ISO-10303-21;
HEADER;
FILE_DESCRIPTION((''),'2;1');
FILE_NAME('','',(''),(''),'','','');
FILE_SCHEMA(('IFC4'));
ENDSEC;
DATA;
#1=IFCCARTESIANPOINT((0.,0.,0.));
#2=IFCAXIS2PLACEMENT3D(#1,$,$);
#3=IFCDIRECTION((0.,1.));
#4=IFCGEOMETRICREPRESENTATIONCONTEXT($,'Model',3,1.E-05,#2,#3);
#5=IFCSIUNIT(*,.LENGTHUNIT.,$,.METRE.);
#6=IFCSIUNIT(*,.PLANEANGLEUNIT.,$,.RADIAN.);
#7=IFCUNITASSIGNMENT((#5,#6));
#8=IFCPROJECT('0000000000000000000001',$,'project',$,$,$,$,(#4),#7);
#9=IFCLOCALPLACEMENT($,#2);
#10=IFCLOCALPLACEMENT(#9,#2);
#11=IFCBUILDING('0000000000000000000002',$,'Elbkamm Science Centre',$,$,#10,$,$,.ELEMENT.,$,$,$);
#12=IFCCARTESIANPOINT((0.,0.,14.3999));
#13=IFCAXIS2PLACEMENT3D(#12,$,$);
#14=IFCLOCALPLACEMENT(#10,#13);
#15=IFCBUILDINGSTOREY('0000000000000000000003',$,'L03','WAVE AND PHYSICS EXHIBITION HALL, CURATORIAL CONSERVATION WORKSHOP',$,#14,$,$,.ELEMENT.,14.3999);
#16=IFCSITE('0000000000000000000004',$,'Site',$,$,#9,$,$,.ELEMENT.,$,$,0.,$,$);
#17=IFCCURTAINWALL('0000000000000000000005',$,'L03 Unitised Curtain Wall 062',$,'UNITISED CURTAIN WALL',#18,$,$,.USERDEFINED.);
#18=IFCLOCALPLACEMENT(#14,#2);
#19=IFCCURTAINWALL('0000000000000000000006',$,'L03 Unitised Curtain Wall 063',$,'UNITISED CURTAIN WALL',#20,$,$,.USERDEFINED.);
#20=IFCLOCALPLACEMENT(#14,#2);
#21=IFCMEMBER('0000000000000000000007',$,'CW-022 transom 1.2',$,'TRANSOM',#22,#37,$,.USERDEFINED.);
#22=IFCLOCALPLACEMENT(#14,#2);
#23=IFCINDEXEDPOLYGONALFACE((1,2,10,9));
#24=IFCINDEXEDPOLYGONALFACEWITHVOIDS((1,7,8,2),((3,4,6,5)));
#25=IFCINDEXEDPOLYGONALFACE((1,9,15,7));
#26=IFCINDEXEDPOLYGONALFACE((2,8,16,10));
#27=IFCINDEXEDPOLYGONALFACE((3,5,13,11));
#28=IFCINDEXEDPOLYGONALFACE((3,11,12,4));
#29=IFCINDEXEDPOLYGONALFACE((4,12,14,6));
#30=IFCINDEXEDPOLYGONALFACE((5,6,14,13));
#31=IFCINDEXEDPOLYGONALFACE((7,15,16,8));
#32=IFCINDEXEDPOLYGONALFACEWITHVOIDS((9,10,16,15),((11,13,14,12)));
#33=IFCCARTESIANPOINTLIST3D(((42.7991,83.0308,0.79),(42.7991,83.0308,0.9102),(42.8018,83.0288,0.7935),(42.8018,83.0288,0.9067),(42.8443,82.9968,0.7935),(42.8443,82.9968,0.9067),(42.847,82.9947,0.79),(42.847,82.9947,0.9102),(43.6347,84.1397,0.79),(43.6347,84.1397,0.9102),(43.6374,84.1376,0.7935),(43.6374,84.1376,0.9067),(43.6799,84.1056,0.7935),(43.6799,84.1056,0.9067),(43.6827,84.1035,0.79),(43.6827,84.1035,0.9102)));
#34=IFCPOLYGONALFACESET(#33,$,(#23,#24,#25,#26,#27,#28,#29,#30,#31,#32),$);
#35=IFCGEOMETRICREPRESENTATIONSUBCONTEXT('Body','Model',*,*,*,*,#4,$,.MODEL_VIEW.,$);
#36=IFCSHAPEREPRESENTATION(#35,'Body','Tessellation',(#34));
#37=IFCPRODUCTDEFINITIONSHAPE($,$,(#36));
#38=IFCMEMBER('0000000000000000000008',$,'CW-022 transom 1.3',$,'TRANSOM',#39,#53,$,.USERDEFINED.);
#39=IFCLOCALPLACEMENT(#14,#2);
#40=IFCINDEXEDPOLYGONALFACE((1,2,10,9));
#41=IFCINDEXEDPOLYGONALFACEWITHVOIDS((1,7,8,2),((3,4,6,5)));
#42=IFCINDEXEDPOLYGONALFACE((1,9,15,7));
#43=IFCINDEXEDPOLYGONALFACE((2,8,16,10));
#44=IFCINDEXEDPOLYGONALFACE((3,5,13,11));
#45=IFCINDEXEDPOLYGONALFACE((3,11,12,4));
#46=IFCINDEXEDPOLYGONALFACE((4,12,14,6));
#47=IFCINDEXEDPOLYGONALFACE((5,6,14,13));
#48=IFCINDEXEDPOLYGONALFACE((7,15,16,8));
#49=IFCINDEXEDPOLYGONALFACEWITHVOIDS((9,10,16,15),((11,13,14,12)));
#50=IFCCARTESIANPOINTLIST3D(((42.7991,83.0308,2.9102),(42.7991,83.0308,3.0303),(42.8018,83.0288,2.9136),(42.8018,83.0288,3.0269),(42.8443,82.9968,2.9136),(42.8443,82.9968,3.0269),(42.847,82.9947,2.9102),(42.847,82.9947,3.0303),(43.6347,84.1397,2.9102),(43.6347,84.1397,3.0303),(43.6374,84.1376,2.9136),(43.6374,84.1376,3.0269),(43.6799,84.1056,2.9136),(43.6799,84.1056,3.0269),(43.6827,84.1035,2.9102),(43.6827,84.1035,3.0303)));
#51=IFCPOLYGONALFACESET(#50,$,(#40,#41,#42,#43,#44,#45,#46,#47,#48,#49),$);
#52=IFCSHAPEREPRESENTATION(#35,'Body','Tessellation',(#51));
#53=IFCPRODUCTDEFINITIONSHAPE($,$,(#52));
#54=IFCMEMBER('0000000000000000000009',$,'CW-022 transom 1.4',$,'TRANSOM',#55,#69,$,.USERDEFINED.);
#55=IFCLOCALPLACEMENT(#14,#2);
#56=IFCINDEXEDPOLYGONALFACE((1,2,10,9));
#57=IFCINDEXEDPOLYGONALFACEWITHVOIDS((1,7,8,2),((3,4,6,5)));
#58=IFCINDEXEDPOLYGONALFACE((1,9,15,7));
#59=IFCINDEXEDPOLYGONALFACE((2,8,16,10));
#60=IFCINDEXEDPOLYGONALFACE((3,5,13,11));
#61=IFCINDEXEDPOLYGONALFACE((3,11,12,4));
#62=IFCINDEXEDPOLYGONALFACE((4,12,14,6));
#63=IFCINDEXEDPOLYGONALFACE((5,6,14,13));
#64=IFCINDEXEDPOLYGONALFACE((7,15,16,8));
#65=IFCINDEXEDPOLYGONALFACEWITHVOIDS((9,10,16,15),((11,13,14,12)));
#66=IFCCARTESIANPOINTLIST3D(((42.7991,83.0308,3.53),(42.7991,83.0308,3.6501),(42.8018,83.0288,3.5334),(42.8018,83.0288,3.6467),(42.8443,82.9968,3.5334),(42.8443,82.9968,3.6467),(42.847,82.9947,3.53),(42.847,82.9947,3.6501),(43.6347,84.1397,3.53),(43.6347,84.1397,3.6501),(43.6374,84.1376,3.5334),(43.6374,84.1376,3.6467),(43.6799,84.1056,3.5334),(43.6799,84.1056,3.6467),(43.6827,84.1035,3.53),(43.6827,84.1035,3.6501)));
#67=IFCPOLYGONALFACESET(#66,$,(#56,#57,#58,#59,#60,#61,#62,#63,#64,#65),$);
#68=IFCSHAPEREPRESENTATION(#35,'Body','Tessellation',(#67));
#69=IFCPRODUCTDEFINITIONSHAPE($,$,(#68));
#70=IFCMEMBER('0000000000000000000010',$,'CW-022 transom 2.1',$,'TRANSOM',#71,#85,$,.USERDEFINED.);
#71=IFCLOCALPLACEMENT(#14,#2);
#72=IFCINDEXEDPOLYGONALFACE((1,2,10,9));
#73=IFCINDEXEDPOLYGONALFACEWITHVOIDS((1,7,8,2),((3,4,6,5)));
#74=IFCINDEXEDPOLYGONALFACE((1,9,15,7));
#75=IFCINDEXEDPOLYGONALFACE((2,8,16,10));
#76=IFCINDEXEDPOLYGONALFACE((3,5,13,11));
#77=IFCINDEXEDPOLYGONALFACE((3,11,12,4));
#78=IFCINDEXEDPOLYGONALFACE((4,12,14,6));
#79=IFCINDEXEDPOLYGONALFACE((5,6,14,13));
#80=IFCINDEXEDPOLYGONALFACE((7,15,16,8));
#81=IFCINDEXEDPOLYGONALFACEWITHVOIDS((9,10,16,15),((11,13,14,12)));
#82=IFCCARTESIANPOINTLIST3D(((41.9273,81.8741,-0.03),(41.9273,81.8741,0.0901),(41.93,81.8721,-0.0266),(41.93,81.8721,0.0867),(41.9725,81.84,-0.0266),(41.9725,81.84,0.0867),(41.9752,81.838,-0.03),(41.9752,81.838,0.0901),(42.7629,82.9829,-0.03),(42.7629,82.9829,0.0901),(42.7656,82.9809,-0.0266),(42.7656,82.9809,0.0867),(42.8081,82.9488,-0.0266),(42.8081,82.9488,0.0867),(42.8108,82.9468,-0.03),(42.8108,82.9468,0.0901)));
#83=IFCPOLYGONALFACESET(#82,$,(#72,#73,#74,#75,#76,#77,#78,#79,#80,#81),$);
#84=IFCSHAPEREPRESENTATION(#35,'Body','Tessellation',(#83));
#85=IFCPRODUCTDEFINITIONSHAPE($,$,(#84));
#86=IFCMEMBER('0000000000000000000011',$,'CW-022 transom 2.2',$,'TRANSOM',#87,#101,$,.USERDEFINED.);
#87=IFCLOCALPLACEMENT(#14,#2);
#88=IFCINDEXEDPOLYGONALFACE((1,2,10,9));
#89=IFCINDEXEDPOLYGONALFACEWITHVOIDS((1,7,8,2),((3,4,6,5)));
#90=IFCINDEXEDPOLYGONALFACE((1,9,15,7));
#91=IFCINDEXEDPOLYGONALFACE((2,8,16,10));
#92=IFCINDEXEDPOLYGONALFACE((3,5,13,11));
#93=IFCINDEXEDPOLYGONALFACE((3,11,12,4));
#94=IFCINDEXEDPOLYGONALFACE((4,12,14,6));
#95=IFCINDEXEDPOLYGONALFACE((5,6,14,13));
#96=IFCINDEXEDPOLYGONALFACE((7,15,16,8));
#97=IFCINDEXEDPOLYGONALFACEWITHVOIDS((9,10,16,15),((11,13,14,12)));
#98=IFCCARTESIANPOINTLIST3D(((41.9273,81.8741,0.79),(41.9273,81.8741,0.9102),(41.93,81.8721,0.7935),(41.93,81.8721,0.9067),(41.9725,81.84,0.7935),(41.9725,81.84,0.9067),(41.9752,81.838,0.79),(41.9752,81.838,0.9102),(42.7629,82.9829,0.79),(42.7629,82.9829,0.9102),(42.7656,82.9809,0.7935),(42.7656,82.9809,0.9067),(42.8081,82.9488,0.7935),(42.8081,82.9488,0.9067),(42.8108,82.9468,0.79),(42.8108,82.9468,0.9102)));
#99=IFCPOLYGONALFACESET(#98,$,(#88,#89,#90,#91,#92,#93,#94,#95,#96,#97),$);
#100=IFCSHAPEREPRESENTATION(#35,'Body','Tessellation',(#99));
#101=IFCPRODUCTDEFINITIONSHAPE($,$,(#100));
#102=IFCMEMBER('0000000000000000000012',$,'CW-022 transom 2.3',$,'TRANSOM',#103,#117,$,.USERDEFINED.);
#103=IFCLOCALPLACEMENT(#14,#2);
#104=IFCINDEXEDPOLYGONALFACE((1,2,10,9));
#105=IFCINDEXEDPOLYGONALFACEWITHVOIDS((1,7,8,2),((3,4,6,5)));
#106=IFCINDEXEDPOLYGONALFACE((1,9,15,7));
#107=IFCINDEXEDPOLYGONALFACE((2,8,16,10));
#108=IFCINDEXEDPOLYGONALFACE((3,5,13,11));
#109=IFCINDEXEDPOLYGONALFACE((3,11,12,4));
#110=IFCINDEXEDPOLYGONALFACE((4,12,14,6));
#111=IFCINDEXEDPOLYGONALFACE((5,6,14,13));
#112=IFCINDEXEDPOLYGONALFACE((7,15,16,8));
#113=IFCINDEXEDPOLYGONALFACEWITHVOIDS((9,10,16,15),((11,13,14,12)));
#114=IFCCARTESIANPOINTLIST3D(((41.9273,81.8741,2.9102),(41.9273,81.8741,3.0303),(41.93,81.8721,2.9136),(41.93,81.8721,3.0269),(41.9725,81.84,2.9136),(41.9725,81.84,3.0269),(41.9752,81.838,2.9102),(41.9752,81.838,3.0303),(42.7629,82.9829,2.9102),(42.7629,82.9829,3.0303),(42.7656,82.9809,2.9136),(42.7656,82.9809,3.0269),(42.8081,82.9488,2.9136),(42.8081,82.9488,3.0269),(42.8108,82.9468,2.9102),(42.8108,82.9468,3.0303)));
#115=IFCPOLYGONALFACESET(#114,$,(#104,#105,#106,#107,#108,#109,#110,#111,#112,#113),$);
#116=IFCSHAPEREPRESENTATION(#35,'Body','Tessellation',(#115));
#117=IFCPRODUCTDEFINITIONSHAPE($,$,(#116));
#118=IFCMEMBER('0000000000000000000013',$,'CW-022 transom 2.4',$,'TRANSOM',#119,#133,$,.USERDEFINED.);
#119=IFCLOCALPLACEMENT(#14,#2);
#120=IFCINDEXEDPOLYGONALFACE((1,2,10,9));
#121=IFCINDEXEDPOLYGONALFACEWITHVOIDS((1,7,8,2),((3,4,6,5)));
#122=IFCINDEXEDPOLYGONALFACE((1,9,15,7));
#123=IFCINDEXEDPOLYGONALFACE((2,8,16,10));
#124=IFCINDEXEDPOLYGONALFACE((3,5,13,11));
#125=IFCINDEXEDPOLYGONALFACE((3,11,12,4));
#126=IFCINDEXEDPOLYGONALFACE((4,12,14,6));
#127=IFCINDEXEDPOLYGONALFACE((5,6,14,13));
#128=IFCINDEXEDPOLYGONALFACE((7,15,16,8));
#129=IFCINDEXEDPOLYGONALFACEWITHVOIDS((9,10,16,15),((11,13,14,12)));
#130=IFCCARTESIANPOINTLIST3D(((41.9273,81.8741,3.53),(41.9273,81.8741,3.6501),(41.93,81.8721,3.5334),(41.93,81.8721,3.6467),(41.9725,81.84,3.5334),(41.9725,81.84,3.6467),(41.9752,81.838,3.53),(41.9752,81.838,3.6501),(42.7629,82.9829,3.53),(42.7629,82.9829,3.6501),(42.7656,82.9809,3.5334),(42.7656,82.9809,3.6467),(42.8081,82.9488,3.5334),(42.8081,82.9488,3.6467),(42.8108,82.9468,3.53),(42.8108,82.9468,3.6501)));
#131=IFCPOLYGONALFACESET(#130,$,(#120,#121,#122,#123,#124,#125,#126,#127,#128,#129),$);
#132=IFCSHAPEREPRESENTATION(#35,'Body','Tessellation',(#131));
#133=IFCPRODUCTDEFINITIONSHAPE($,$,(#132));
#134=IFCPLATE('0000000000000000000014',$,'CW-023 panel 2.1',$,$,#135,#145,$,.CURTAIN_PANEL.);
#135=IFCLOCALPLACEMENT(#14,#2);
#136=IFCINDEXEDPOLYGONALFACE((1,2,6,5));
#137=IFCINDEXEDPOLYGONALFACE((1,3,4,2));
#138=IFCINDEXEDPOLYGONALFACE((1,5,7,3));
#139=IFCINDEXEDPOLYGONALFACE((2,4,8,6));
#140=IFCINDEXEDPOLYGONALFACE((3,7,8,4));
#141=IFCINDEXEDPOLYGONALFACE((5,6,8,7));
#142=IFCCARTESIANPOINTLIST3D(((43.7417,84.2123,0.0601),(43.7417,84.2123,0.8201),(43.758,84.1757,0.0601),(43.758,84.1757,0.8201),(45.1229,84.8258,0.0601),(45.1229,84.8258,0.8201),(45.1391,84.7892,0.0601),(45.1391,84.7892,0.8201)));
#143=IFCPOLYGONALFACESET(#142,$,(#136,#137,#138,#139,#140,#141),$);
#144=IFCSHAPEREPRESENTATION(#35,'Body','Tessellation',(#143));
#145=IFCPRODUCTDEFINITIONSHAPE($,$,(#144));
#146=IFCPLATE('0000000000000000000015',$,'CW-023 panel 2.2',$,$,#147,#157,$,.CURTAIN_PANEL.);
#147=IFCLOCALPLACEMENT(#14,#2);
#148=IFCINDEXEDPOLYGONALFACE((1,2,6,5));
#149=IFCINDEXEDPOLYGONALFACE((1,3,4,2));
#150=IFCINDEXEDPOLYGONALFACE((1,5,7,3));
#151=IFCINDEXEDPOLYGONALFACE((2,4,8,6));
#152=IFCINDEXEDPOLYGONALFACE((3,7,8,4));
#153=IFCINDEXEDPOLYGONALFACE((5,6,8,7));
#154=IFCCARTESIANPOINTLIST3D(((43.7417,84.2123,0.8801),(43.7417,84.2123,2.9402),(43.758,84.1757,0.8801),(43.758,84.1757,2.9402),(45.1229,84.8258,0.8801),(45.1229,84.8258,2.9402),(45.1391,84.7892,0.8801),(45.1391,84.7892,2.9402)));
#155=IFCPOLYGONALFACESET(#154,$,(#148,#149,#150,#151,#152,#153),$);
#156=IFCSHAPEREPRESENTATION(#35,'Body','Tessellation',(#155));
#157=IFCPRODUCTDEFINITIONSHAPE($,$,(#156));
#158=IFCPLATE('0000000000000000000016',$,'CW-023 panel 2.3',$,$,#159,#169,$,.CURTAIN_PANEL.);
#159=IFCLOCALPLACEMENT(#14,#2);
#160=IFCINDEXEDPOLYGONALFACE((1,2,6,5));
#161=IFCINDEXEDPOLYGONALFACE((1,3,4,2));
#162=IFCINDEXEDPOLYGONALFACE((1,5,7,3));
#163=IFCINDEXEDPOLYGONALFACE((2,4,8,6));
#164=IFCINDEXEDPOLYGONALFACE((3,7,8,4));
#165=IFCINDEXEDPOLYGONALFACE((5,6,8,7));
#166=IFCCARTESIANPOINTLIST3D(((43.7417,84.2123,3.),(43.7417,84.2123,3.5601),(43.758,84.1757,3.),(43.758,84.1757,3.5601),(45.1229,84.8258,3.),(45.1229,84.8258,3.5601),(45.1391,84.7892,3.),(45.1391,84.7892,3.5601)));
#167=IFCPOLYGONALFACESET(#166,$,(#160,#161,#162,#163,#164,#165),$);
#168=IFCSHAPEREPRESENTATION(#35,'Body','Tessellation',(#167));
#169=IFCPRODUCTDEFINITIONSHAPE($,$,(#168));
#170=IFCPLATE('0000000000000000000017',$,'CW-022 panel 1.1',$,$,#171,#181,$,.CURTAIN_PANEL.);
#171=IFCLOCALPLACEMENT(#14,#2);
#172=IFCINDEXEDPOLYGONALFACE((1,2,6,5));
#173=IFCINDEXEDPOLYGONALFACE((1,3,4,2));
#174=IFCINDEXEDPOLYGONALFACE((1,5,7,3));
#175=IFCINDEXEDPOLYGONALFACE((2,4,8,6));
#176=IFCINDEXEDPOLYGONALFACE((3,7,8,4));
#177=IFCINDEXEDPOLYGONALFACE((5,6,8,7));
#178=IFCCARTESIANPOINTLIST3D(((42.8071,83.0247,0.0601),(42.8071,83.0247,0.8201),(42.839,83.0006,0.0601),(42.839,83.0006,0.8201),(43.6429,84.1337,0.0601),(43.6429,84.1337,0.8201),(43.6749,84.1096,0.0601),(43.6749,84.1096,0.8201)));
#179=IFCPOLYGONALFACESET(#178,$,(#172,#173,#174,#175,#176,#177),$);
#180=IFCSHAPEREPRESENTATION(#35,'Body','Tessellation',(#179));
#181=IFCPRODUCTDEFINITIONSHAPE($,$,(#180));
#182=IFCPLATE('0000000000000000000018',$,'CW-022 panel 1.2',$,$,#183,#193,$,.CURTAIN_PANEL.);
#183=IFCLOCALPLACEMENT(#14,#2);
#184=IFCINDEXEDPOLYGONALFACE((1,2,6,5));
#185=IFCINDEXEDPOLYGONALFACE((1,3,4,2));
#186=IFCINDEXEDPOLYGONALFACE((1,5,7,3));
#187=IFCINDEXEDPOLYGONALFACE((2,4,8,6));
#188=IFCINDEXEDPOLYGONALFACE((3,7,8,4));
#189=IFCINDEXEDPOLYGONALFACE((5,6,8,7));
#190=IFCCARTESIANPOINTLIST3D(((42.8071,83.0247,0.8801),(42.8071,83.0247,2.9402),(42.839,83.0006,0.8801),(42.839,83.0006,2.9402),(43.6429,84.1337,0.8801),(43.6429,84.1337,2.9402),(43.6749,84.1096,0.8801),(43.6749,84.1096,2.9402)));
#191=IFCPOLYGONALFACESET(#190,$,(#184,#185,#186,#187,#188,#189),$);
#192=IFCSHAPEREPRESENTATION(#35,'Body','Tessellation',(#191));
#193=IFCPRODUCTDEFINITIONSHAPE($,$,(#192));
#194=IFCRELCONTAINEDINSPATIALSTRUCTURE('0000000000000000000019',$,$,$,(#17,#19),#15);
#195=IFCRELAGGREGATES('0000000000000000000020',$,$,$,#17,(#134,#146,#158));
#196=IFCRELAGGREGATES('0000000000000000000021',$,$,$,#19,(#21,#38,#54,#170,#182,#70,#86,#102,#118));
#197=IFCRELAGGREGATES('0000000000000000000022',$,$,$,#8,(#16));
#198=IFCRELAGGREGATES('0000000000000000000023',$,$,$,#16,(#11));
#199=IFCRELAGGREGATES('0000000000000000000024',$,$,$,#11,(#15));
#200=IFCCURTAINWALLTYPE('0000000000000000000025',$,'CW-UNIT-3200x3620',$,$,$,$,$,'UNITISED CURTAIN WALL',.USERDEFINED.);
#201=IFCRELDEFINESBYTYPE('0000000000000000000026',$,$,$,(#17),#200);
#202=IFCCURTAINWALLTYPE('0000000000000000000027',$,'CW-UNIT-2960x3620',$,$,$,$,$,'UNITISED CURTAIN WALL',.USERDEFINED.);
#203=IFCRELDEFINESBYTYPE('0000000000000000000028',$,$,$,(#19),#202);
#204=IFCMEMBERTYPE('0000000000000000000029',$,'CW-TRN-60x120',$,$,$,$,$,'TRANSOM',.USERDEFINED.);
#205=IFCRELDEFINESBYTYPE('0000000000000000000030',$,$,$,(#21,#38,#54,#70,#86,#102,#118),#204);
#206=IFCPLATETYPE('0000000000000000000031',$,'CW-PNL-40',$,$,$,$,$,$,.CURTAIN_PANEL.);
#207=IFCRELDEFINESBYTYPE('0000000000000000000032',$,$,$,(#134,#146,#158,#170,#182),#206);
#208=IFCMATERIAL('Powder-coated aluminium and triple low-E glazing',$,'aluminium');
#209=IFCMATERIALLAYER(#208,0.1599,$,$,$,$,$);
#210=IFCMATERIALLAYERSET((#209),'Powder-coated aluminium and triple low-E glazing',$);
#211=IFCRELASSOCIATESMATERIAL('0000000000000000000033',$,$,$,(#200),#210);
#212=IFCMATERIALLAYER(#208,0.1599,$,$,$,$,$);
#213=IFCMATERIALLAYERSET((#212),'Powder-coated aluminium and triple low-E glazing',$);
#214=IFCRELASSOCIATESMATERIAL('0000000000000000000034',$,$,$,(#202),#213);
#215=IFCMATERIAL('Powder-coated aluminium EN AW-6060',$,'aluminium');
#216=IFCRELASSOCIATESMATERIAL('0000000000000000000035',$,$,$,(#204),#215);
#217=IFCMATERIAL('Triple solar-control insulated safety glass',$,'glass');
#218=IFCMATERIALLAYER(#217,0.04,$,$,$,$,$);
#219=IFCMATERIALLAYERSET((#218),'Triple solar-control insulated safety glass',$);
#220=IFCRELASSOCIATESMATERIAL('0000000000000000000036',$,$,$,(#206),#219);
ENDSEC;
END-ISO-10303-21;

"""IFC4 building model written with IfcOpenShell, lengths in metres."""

from ifc_helpers import new_model, si_unit, direction, frame, origin, origin_2d, place, context, subcontext, project, spatial, rectangle, hollow_rectangle, extrude, material, layer, layer_set, material_profile, profile_set, type_object, element, aggregate, save


model = new_model("IFC4")

# Units and contexts
model_context = context("Model", 3, precision=1e-05, world=origin(), true_north=direction((0.0, 1.0)))
body_context = subcontext(model_context, "Body", "Model", "MODEL_VIEW")
ifc_project = project(units=[si_unit("LENGTHUNIT", "METRE"), si_unit("PLANEANGLEUNIT", "RADIAN")], contexts=[model_context])

# Site, building, storey
site_placement = place(None, origin())
site = spatial("IfcSite", under=ifc_project, at=site_placement, Name="Site", CompositionType="ELEMENT", RefElevation=0.0)
building_placement = place(site_placement, origin())
building = spatial("IfcBuilding", under=site, at=building_placement, Name="Elbkamm Science Centre", CompositionType="ELEMENT")
storey_placement = place(building_placement, frame((0.0, 0.0, 14.3999)))
storey = spatial("IfcBuildingStorey", under=building, at=storey_placement, Name="L03", Description="WAVE AND PHYSICS EXHIBITION HALL, CURATORIAL CONSERVATION WORKSHOP", CompositionType="ELEMENT", Elevation=14.3999)

# Curtain wall
ifc_material_1 = material(Name="Powder-coated aluminium and triple low-E glazing", Category="aluminium")
ifc_layer_1 = layer(ifc_material_1, 0.1599)
ifc_layer_set_1 = layer_set([ifc_layer_1], Name="Powder-coated aluminium and triple low-E glazing")
curtain_wall_type_1 = type_object("IfcCurtainWallType", Name="CW-UNIT-3200x3620", ElementType="UNITISED CURTAIN WALL", PredefinedType="USERDEFINED", material=ifc_layer_set_1)
curtain_wall_1_placement = place(storey_placement, origin())
curtain_wall_1 = element("IfcCurtainWall", 1, at=curtain_wall_1_placement, inside=storey, type_object=curtain_wall_type_1, Name="L03 Unitised Curtain Wall 062", ObjectType="UNITISED CURTAIN WALL", PredefinedType="USERDEFINED")
ifc_material_2 = material(Name="Powder-coated aluminium EN AW-6060", Category="aluminium")

# Curtain wall
ifc_layer_2 = layer(ifc_material_1, 0.1599)
ifc_layer_set_2 = layer_set([ifc_layer_2], Name="Powder-coated aluminium and triple low-E glazing")
curtain_wall_type_2 = type_object("IfcCurtainWallType", Name="CW-UNIT-2960x3620", ElementType="UNITISED CURTAIN WALL", PredefinedType="USERDEFINED", material=ifc_layer_set_2)
curtain_wall_2_placement = place(storey_placement, origin())
curtain_wall_2 = element("IfcCurtainWall", 2, at=curtain_wall_2_placement, inside=storey, type_object=curtain_wall_type_2, Name="L03 Unitised Curtain Wall 063", ObjectType="UNITISED CURTAIN WALL", PredefinedType="USERDEFINED")

# Members
ifc_material_profile_1 = material_profile(ifc_material_2, hollow_rectangle(XDim=0.0601, YDim=0.1201, WallThickness=0.0034, at=origin_2d()), Name="ALU T60x120")
ifc_profile_set_1 = profile_set([ifc_material_profile_1], Name="Powder-coated aluminium EN AW-6060")
member_type_1 = type_object("IfcMemberType", Name="CW-TRN-60x120", ElementType="TRANSOM", PredefinedType="USERDEFINED", material=ifc_profile_set_1)
member_1_placement = place(storey_placement, frame((43.6587, 84.1216, 0.8501), z_axis=(-0.601855, -0.798605, 0.0), x_axis=(0.798605, -0.601855, 0.0)))
member_1 = element("IfcMember", 3, at=member_1_placement, type_object=member_type_1, Name="CW-022 transom 1.2", ObjectType="TRANSOM", PredefinedType="USERDEFINED", context=body_context, shape_type="SweptSolid", body=[
    extrude(hollow_rectangle(XDim=0.0601, YDim=0.1201, WallThickness=0.0034, at=origin_2d()), origin(), (0.0, 0.0, 1.0), 1.3884),
])
member_2_placement = place(storey_placement, frame((43.6587, 84.1216, 2.9702), z_axis=(-0.601855, -0.798605, 0.0), x_axis=(0.798605, -0.601855, 0.0)))
member_2 = element("IfcMember", 4, at=member_2_placement, type_object=member_type_1, Name="CW-022 transom 1.3", ObjectType="TRANSOM", PredefinedType="USERDEFINED", context=body_context, shape_type="SweptSolid", body=[
    extrude(hollow_rectangle(XDim=0.0601, YDim=0.1201, WallThickness=0.0034, at=origin_2d()), origin(), (0.0, 0.0, 1.0), 1.3884),
])
member_3_placement = place(storey_placement, frame((43.6587, 84.1216, 3.5901), z_axis=(-0.601855, -0.798605, 0.0), x_axis=(0.798605, -0.601855, 0.0)))
member_3 = element("IfcMember", 5, at=member_3_placement, type_object=member_type_1, Name="CW-022 transom 1.4", ObjectType="TRANSOM", PredefinedType="USERDEFINED", context=body_context, shape_type="SweptSolid", body=[
    extrude(hollow_rectangle(XDim=0.0601, YDim=0.1201, WallThickness=0.0034, at=origin_2d()), origin(), (0.0, 0.0, 1.0), 1.3884),
])
member_4_placement = place(storey_placement, frame((42.7869, 82.9648, 0.03), z_axis=(-0.601855, -0.798605, 0.0), x_axis=(0.798605, -0.601855, 0.0)))
member_4 = element("IfcMember", 6, at=member_4_placement, type_object=member_type_1, Name="CW-022 transom 2.1", ObjectType="TRANSOM", PredefinedType="USERDEFINED", context=body_context, shape_type="SweptSolid", body=[
    extrude(hollow_rectangle(XDim=0.0601, YDim=0.1201, WallThickness=0.0034, at=origin_2d()), origin(), (0.0, 0.0, 1.0), 1.3884),
])
member_5_placement = place(storey_placement, frame((42.7869, 82.9648, 0.8501), z_axis=(-0.601855, -0.798605, 0.0), x_axis=(0.798605, -0.601855, 0.0)))
member_5 = element("IfcMember", 7, at=member_5_placement, type_object=member_type_1, Name="CW-022 transom 2.2", ObjectType="TRANSOM", PredefinedType="USERDEFINED", context=body_context, shape_type="SweptSolid", body=[
    extrude(hollow_rectangle(XDim=0.0601, YDim=0.1201, WallThickness=0.0034, at=origin_2d()), origin(), (0.0, 0.0, 1.0), 1.3884),
])
member_6_placement = place(storey_placement, frame((42.7869, 82.9648, 2.9702), z_axis=(-0.601855, -0.798605, 0.0), x_axis=(0.798605, -0.601855, 0.0)))
member_6 = element("IfcMember", 8, at=member_6_placement, type_object=member_type_1, Name="CW-022 transom 2.3", ObjectType="TRANSOM", PredefinedType="USERDEFINED", context=body_context, shape_type="SweptSolid", body=[
    extrude(hollow_rectangle(XDim=0.0601, YDim=0.1201, WallThickness=0.0034, at=origin_2d()), origin(), (0.0, 0.0, 1.0), 1.3884),
])
member_7_placement = place(storey_placement, frame((42.7869, 82.9648, 3.5901), z_axis=(-0.601855, -0.798605, 0.0), x_axis=(0.798605, -0.601855, 0.0)))
member_7 = element("IfcMember", 9, at=member_7_placement, type_object=member_type_1, Name="CW-022 transom 2.4", ObjectType="TRANSOM", PredefinedType="USERDEFINED", context=body_context, shape_type="SweptSolid", body=[
    extrude(hollow_rectangle(XDim=0.0601, YDim=0.1201, WallThickness=0.0034, at=origin_2d()), origin(), (0.0, 0.0, 1.0), 1.3884),
])

# Plates
ifc_material_3 = material(Name="Triple solar-control insulated safety glass", Category="glass")
ifc_layer_3 = layer(ifc_material_3, 0.04)
ifc_layer_set_3 = layer_set([ifc_layer_3], Name="Triple solar-control insulated safety glass")
plate_type = type_object("IfcPlateType", Name="CW-PNL-40", PredefinedType="CURTAIN_PANEL", material=ifc_layer_set_3)
plate_1_placement = place(storey_placement, frame((44.4404, 84.5007, 0.0601), z_axis=(0.0, 0.0, 1.0), x_axis=(-0.913898, -0.405944, 0.0)))
plate_1 = element("IfcPlate", 10, at=plate_1_placement, type_object=plate_type, Name="CW-023 panel 2.1", PredefinedType="CURTAIN_PANEL", context=body_context, shape_type="SweptSolid", body=[
    extrude(rectangle(XDim=1.5112, YDim=0.04, at=origin_2d()), origin(), (0.0, 0.0, 1.0), 0.76),
])
plate_2_placement = place(storey_placement, frame((44.4404, 84.5007, 0.8801), z_axis=(0.0, 0.0, 1.0), x_axis=(-0.913898, -0.405944, 0.0)))
plate_2 = element("IfcPlate", 11, at=plate_2_placement, type_object=plate_type, Name="CW-023 panel 2.2", PredefinedType="CURTAIN_PANEL", context=body_context, shape_type="SweptSolid", body=[
    extrude(rectangle(XDim=1.5112, YDim=0.04, at=origin_2d()), origin(), (0.0, 0.0, 1.0), 2.0601),
])
plate_3_placement = place(storey_placement, frame((44.4404, 84.5007, 3.0), z_axis=(0.0, 0.0, 1.0), x_axis=(-0.913898, -0.405944, 0.0)))
plate_3 = element("IfcPlate", 12, at=plate_3_placement, type_object=plate_type, Name="CW-023 panel 2.3", PredefinedType="CURTAIN_PANEL", context=body_context, shape_type="SweptSolid", body=[
    extrude(rectangle(XDim=1.5112, YDim=0.04, at=origin_2d()), origin(), (0.0, 0.0, 1.0), 0.5601),
])
aggregate(curtain_wall_1, [plate_1, plate_2, plate_3])
plate_4_placement = place(storey_placement, frame((43.241, 83.5671, 0.0601), z_axis=(0.0, 0.0, 1.0), x_axis=(-0.601881, -0.798586, 0.0)))
plate_4 = element("IfcPlate", 13, at=plate_4_placement, type_object=plate_type, Name="CW-022 panel 1.1", PredefinedType="CURTAIN_PANEL", context=body_context, shape_type="SweptSolid", body=[
    extrude(rectangle(XDim=1.3887, YDim=0.04, at=origin_2d()), origin(), (0.0, 0.0, 1.0), 0.76),
])
plate_5_placement = place(storey_placement, frame((43.241, 83.5671, 0.8801), z_axis=(0.0, 0.0, 1.0), x_axis=(-0.601881, -0.798586, 0.0)))
plate_5 = element("IfcPlate", 14, at=plate_5_placement, type_object=plate_type, Name="CW-022 panel 1.2", PredefinedType="CURTAIN_PANEL", context=body_context, shape_type="SweptSolid", body=[
    extrude(rectangle(XDim=1.3887, YDim=0.04, at=origin_2d()), origin(), (0.0, 0.0, 1.0), 2.0601),
])
aggregate(curtain_wall_2, [member_1, member_2, member_3, plate_4, plate_5, member_4, member_5, member_6, member_7])

save(model, "model.ifc")
